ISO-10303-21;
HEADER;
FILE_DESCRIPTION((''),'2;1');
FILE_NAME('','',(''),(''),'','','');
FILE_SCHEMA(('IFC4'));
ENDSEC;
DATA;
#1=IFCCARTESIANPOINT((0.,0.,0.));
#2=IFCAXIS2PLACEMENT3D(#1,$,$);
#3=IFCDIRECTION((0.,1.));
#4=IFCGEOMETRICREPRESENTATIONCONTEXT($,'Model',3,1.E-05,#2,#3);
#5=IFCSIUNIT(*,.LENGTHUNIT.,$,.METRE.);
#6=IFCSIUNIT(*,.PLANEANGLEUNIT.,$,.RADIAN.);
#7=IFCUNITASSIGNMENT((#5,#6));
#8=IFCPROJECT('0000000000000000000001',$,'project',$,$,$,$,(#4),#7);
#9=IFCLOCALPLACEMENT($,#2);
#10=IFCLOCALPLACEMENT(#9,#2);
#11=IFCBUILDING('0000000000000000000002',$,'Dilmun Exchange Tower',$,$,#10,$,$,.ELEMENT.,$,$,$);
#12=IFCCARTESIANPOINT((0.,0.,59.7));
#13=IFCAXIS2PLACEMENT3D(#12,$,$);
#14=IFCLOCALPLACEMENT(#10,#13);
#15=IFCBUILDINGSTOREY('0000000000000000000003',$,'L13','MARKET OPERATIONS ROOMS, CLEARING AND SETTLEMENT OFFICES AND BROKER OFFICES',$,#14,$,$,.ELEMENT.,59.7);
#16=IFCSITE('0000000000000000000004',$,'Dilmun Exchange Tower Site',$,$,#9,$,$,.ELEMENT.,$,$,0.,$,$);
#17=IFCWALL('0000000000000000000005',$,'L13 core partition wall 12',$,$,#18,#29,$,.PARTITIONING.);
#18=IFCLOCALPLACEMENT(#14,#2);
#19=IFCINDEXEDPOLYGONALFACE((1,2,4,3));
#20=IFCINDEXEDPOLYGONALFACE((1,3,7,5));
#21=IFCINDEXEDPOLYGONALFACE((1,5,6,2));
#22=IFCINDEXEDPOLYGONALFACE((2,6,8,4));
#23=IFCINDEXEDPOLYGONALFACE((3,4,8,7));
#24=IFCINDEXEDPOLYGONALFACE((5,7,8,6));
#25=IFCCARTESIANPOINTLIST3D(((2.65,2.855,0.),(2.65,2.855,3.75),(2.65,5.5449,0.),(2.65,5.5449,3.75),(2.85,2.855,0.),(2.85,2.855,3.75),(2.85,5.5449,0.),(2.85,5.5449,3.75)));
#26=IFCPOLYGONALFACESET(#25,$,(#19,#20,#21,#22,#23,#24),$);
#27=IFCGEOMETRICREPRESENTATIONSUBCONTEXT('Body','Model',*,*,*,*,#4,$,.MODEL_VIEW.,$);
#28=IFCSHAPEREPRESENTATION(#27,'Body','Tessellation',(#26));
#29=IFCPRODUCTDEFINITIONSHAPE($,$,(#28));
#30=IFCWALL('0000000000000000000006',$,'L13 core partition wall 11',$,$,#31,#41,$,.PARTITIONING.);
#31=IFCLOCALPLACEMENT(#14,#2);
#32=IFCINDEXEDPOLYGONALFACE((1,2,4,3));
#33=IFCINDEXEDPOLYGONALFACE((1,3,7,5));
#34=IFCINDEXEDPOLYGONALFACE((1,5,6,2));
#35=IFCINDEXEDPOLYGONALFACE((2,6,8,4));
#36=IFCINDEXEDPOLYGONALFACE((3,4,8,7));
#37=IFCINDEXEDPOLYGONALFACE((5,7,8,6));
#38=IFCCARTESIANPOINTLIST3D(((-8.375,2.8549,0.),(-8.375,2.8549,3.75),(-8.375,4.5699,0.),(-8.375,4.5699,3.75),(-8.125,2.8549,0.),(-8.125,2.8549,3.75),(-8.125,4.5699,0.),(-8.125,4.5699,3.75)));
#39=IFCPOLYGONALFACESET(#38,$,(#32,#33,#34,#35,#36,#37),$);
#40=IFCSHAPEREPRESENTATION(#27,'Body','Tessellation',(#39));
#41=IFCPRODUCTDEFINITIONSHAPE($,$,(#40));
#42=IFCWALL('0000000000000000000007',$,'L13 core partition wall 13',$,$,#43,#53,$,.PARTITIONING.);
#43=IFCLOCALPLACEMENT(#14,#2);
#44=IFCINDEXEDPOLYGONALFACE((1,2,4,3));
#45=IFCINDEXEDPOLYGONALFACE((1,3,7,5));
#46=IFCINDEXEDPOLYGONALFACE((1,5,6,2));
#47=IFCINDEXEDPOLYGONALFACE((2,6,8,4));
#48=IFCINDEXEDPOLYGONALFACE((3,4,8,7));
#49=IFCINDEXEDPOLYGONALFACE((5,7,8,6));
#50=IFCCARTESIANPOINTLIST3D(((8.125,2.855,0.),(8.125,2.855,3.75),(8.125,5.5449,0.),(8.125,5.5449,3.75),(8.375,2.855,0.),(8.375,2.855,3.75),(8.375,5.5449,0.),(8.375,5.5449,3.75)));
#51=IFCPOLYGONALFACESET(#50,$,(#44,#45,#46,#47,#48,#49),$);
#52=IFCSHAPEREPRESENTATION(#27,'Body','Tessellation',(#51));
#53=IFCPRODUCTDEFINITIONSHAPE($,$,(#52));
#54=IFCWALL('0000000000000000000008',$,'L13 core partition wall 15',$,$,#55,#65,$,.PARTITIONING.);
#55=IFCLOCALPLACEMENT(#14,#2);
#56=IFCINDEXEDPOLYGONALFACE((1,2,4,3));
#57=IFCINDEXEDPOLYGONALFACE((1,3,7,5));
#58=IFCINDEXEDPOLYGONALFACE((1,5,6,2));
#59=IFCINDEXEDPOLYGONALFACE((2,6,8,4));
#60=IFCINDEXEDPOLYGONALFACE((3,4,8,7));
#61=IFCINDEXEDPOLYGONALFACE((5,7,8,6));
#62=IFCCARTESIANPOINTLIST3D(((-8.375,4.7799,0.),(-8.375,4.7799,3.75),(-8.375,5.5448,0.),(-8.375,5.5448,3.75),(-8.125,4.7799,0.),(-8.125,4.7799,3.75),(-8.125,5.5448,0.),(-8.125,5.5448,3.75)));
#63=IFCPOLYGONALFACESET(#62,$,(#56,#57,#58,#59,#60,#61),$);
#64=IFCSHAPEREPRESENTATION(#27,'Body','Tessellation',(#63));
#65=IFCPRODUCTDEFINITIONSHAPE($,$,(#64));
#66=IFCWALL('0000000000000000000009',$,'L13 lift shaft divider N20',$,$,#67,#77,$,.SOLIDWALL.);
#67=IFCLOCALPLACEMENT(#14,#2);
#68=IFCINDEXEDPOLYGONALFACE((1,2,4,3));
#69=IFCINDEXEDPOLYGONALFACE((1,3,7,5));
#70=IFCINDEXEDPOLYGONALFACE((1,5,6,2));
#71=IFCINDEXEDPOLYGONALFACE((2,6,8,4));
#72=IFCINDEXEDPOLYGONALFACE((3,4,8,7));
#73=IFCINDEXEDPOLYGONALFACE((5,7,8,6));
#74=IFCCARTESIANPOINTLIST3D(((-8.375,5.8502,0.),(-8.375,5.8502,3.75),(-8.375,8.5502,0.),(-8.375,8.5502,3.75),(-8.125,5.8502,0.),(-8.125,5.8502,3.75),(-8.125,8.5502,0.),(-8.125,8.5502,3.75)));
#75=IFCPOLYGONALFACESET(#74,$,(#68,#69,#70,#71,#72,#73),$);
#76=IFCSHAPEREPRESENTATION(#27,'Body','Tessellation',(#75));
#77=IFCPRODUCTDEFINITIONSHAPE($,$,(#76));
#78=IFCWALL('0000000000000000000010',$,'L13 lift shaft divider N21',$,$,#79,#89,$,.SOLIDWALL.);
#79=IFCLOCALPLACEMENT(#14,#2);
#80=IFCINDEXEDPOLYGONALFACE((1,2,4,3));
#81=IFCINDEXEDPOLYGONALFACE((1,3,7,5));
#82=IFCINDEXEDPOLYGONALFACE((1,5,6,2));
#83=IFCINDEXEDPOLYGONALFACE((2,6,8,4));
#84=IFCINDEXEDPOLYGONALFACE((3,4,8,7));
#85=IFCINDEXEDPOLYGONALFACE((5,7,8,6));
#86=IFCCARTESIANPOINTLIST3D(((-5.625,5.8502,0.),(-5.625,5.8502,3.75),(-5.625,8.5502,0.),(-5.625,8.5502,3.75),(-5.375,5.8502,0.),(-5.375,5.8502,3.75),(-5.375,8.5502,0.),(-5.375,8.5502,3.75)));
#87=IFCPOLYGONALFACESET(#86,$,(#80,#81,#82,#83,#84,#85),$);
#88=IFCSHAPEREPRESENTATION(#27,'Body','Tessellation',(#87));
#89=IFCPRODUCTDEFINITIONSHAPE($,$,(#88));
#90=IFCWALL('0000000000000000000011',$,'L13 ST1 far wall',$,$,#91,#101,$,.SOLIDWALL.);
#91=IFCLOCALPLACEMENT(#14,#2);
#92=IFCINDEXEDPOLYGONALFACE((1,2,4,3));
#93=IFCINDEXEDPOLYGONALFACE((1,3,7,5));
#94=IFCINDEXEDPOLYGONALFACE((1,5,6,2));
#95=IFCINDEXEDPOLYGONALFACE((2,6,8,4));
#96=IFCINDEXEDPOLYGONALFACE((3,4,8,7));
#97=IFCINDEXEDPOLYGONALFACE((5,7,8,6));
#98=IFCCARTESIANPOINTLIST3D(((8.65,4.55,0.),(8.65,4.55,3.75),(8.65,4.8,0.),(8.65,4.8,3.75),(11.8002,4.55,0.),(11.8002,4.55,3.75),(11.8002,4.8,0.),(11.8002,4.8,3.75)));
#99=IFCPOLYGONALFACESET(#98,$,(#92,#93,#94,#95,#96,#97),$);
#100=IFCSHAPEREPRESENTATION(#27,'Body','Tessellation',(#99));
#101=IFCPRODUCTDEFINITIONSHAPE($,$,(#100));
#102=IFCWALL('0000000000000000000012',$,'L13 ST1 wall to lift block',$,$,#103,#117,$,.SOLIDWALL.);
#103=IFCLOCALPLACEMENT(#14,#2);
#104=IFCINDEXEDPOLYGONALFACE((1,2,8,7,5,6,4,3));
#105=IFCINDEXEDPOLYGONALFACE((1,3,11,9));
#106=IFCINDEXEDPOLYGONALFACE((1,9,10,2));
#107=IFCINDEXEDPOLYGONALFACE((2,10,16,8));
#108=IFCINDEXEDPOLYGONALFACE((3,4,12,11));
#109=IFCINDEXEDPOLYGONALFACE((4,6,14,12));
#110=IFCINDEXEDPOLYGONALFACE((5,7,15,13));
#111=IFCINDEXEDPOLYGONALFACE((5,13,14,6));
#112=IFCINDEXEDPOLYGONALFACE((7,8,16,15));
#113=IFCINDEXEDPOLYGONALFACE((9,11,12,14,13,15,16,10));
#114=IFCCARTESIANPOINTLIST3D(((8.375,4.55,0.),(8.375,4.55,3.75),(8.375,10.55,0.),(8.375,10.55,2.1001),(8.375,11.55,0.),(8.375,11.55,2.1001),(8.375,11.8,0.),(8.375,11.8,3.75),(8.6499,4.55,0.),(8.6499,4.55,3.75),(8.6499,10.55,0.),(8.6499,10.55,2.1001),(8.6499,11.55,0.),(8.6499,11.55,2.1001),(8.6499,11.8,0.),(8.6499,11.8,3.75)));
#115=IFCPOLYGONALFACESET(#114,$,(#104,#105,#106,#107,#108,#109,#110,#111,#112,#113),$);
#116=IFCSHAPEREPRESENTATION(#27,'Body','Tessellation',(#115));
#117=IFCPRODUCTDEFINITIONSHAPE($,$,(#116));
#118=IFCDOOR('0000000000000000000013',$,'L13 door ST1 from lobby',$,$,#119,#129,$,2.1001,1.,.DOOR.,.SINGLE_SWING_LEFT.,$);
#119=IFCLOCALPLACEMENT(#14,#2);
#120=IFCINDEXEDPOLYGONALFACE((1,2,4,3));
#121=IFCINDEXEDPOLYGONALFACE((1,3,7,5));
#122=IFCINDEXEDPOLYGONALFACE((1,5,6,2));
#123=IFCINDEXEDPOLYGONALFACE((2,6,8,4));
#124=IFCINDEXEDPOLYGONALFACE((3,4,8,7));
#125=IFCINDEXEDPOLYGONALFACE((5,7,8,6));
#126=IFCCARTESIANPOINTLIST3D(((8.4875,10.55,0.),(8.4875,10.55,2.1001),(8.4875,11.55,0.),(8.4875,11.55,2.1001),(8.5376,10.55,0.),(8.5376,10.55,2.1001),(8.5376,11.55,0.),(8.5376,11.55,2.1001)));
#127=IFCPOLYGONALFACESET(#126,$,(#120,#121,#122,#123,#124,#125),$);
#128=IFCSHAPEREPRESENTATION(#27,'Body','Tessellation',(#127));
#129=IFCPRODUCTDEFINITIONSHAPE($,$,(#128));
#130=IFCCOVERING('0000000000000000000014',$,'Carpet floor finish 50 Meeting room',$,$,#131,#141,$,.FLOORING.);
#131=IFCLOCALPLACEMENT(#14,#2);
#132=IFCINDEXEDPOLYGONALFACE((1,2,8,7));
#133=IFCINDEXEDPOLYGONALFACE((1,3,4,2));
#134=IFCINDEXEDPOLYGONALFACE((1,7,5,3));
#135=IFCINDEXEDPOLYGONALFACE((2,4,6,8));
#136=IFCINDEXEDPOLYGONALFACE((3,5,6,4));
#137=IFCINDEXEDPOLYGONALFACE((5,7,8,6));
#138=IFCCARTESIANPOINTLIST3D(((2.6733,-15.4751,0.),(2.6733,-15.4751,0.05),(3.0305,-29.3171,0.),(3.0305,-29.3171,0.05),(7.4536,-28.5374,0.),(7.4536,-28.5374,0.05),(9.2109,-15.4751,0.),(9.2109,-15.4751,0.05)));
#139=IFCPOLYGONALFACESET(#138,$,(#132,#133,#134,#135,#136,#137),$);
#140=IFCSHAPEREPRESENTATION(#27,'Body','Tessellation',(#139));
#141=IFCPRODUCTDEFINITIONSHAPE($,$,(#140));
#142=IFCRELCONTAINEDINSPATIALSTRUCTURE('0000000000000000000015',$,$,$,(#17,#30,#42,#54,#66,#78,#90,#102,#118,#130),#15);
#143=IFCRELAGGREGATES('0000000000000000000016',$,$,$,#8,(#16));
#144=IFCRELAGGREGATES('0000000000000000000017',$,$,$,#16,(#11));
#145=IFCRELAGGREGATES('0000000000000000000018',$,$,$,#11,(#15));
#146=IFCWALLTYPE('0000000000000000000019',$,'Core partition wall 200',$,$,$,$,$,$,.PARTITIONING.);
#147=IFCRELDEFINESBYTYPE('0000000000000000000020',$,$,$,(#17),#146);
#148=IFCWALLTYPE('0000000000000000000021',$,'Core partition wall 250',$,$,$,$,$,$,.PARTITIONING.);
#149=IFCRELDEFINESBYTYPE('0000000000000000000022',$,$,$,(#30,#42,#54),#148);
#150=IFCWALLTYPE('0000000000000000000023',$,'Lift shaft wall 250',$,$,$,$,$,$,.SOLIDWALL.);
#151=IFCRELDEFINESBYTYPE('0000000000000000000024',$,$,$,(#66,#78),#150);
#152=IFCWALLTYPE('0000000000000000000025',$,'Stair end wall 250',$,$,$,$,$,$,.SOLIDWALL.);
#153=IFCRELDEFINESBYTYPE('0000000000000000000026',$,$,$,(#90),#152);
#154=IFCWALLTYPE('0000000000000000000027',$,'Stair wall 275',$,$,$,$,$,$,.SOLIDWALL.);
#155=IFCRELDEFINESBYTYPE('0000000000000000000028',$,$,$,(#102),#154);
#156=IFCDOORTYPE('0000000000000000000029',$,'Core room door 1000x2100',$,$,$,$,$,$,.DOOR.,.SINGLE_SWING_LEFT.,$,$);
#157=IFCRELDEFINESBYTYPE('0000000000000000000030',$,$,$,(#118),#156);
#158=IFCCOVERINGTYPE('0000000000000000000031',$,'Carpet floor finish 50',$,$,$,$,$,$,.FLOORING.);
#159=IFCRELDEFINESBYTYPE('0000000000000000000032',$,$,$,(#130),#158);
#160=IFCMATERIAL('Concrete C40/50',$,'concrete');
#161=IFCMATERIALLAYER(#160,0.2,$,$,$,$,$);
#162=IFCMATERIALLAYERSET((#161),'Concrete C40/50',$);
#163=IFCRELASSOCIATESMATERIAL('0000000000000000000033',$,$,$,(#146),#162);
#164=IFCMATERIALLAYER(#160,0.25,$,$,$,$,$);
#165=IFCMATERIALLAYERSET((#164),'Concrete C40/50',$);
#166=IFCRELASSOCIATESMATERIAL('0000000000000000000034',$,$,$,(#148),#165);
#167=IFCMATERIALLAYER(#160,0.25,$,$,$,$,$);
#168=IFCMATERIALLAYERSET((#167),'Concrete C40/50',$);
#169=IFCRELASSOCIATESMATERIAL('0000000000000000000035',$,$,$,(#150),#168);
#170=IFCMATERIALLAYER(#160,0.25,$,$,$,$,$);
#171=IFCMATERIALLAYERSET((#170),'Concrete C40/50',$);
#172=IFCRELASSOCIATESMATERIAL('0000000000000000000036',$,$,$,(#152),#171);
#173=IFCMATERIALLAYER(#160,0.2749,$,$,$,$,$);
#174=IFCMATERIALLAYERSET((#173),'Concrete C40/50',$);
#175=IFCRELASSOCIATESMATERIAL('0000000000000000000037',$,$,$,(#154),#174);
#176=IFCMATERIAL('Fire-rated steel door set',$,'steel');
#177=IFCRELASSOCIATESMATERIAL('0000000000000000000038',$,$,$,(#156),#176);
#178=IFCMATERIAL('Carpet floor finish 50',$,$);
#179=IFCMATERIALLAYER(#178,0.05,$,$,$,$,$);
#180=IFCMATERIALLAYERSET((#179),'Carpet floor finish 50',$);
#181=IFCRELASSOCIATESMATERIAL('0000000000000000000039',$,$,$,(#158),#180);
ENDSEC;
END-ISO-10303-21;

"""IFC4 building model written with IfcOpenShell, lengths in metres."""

from ifc_helpers import new_model, si_unit, direction, frame, frame_2d, origin, place, context, subcontext, project, spatial, polyline, rectangle, outline, extrude, material, layer, layer_set, type_object, element, fill, save


model = new_model("IFC4")

# Units and contexts
model_context = context("Model", 3, precision=1e-05, world=origin(), true_north=direction((0.0, 1.0)))
body_context = subcontext(model_context, "Body", "Model", "MODEL_VIEW")
ifc_project = project(units=[si_unit("LENGTHUNIT", "METRE"), si_unit("PLANEANGLEUNIT", "RADIAN")], contexts=[model_context])

# Site, building, storey
site_placement = place(None, origin())
site = spatial("IfcSite", under=ifc_project, at=site_placement, Name="Dilmun Exchange Tower Site", CompositionType="ELEMENT", RefElevation=0.0)
building_placement = place(site_placement, origin())
building = spatial("IfcBuilding", under=site, at=building_placement, Name="Dilmun Exchange Tower", CompositionType="ELEMENT")
storey_placement = place(building_placement, frame((0.0, 0.0, 59.7)))
storey = spatial("IfcBuildingStorey", under=building, at=storey_placement, Name="L13", Description="MARKET OPERATIONS ROOMS, CLEARING AND SETTLEMENT OFFICES AND BROKER OFFICES", CompositionType="ELEMENT", Elevation=59.7)

# Walls
ifc_material_1 = material(Name="Concrete C40/50", Category="concrete")
ifc_layer_1 = layer(ifc_material_1, 0.2)
ifc_layer_set_1 = layer_set([ifc_layer_1], Name="Concrete C40/50")
wall_type_1 = type_object("IfcWallType", Name="Core partition wall 200", PredefinedType="PARTITIONING", material=ifc_layer_set_1)
wall_1_placement = place(storey_placement, frame((2.75, 2.855, 0.0), z_axis=(0.0, 0.0, 1.0), x_axis=(0.0, 1.0, 0.0)))
element("IfcWall", 1, at=wall_1_placement, inside=storey, type_object=wall_type_1, Name="L13 core partition wall 12", PredefinedType="PARTITIONING", context=body_context, shape_type="SweptSolid", body=[
    extrude(rectangle(XDim=2.6899, YDim=0.2, at=frame_2d((1.345, 0.0))), origin(), (0.0, 0.0, 1.0), 3.75),
])
ifc_layer_2 = layer(ifc_material_1, 0.25)
ifc_layer_set_2 = layer_set([ifc_layer_2], Name="Concrete C40/50")
wall_type_2 = type_object("IfcWallType", Name="Core partition wall 250", PredefinedType="PARTITIONING", material=ifc_layer_set_2)
wall_2_placement = place(storey_placement, frame((-8.25, 2.855, 0.0), z_axis=(0.0, 0.0, 1.0), x_axis=(0.0, 1.0, 0.0)))
element("IfcWall", 2, at=wall_2_placement, inside=storey, type_object=wall_type_2, Name="L13 core partition wall 11", PredefinedType="PARTITIONING", context=body_context, shape_type="SweptSolid", body=[
    extrude(rectangle(XDim=1.7151, YDim=0.25, at=frame_2d((0.8574, 0.0))), origin(), (0.0, 0.0, 1.0), 3.75),
])
wall_3_placement = place(storey_placement, frame((8.25, 2.855, 0.0), z_axis=(0.0, 0.0, 1.0), x_axis=(0.0, 1.0, 0.0)))
element("IfcWall", 3, at=wall_3_placement, inside=storey, type_object=wall_type_2, Name="L13 core partition wall 13", PredefinedType="PARTITIONING", context=body_context, shape_type="SweptSolid", body=[
    extrude(rectangle(XDim=2.6899, YDim=0.25, at=frame_2d((1.345, 0.0))), origin(), (0.0, 0.0, 1.0), 3.75),
])
wall_4_placement = place(storey_placement, frame((-8.25, 4.78, 0.0), z_axis=(0.0, 0.0, 1.0), x_axis=(0.0, 1.0, 0.0)))
element("IfcWall", 4, at=wall_4_placement, inside=storey, type_object=wall_type_2, Name="L13 core partition wall 15", PredefinedType="PARTITIONING", context=body_context, shape_type="SweptSolid", body=[
    extrude(rectangle(XDim=0.7649, YDim=0.25, at=frame_2d((0.3823, 0.0))), origin(), (0.0, 0.0, 1.0), 3.75),
])
ifc_layer_3 = layer(ifc_material_1, 0.25)
ifc_layer_set_3 = layer_set([ifc_layer_3], Name="Concrete C40/50")
wall_type_3 = type_object("IfcWallType", Name="Lift shaft wall 250", PredefinedType="SOLIDWALL", material=ifc_layer_set_3)
for number, where, z_axis, x_axis, name in (
    (5, (-8.25, 5.8501, 0.0), (0.0, 0.0, 1.0), (0.0, 1.0, 0.0), "L13 lift shaft divider N20"),
    (6, (-5.5, 5.8501, 0.0), (0.0, 0.0, 1.0), (0.0, 1.0, 0.0), "L13 lift shaft divider N21"),
):
    element("IfcWall", number, at=place(storey_placement, frame(where, z_axis=z_axis, x_axis=x_axis)), inside=storey, type_object=wall_type_3, Name=name, PredefinedType="SOLIDWALL", context=body_context, shape_type="SweptSolid", body=[
        extrude(rectangle(XDim=2.7, YDim=0.25, at=frame_2d((1.3501, 0.0))), origin(), (0.0, 0.0, 1.0), 3.75),
    ])
ifc_layer_4 = layer(ifc_material_1, 0.25)
ifc_layer_set_4 = layer_set([ifc_layer_4], Name="Concrete C40/50")
wall_type_4 = type_object("IfcWallType", Name="Stair end wall 250", PredefinedType="SOLIDWALL", material=ifc_layer_set_4)
wall_5_placement = place(storey_placement, frame((8.6499, 4.675, 0.0), z_axis=(0.0, 0.0, 1.0), x_axis=(1.0, 0.0, 0.0)))
element("IfcWall", 7, at=wall_5_placement, inside=storey, type_object=wall_type_4, Name="L13 ST1 far wall", PredefinedType="SOLIDWALL", context=body_context, shape_type="SweptSolid", body=[
    extrude(rectangle(XDim=3.1501, YDim=0.25, at=frame_2d((1.5752, 0.0))), origin(), (0.0, 0.0, 1.0), 3.75),
])

# Wall, opening, door
ifc_layer_5 = layer(ifc_material_1, 0.2749)
ifc_layer_set_5 = layer_set([ifc_layer_5], Name="Concrete C40/50")
wall_type_5 = type_object("IfcWallType", Name="Stair wall 275", PredefinedType="SOLIDWALL", material=ifc_layer_set_5)
wall_6_placement = place(storey_placement, frame((8.5125, 4.55, 0.0), z_axis=(0.0, 0.0, 1.0), x_axis=(0.0, 1.0, 0.0)))
wall_6 = element("IfcWall", 8, at=wall_6_placement, inside=storey, type_object=wall_type_5, Name="L13 ST1 wall to lift block", PredefinedType="SOLIDWALL", context=body_context, shape_type="SweptSolid", body=[
    extrude(rectangle(XDim=7.25, YDim=0.2749, at=frame_2d((3.625, 0.0))), origin(), (0.0, 0.0, 1.0), 3.75),
])
opening_placement = place(wall_6_placement, frame((6.0, 0.0, 0.0)))
opening = element("IfcOpeningElement", 9, at=opening_placement, cuts=wall_6, PredefinedType="OPENING", context=body_context, shape_type="SweptSolid", body=[
    extrude(rectangle(XDim=1.0, YDim=2.1001, at=frame_2d((0.5, 1.05))), frame((0.0, 0.1475, 0.0), z_axis=(0.0, -1.0, 0.0), x_axis=(1.0, 0.0, 0.0)), (0.0, 0.0, 1.0), 0.2949),
])
ifc_material_2 = material(Name="Fire-rated steel door set", Category="steel")
door_type = type_object("IfcDoorType", Name="Core room door 1000x2100", OperationType="SINGLE_SWING_LEFT", PredefinedType="DOOR", material=ifc_material_2)
door_placement = place(opening_placement, origin())
door = element("IfcDoor", 10, at=door_placement, inside=storey, type_object=door_type, Name="L13 door ST1 from lobby", OperationType="SINGLE_SWING_LEFT", OverallHeight=2.1001, OverallWidth=1.0, PredefinedType="DOOR", context=body_context, shape_type="SweptSolid", body=[
    extrude(rectangle(XDim=1.0, YDim=2.1001, at=frame_2d((0.5, 1.05))), frame((0.0, 0.0249, 0.0), z_axis=(0.0, -1.0, 0.0), x_axis=(1.0, 0.0, 0.0)), (0.0, 0.0, 1.0), 0.05),
])
fill(opening, door)

# Covering
ifc_material_3 = material(Name="Carpet floor finish 50")
ifc_layer_6 = layer(ifc_material_3, 0.05)
ifc_layer_set_6 = layer_set([ifc_layer_6], Name="Carpet floor finish 50")
covering_type_1 = type_object("IfcCoveringType", Name="Carpet floor finish 50", PredefinedType="FLOORING", material=ifc_layer_set_6)
covering_1_placement = place(storey_placement, origin())
element("IfcCovering", 11, at=covering_1_placement, inside=storey, type_object=covering_type_1, Name="Carpet floor finish 50 Meeting room", PredefinedType="FLOORING", context=body_context, shape_type="SweptSolid", body=[
    extrude(outline(polyline([(2.6733, -15.4751), (9.2109, -15.4751), (7.4536, -28.5374), (3.0305, -29.3171), (2.6733, -15.4751)])), origin(), (0.0, 0.0, 1.0), 0.05),
])

save(model, "model.ifc")
